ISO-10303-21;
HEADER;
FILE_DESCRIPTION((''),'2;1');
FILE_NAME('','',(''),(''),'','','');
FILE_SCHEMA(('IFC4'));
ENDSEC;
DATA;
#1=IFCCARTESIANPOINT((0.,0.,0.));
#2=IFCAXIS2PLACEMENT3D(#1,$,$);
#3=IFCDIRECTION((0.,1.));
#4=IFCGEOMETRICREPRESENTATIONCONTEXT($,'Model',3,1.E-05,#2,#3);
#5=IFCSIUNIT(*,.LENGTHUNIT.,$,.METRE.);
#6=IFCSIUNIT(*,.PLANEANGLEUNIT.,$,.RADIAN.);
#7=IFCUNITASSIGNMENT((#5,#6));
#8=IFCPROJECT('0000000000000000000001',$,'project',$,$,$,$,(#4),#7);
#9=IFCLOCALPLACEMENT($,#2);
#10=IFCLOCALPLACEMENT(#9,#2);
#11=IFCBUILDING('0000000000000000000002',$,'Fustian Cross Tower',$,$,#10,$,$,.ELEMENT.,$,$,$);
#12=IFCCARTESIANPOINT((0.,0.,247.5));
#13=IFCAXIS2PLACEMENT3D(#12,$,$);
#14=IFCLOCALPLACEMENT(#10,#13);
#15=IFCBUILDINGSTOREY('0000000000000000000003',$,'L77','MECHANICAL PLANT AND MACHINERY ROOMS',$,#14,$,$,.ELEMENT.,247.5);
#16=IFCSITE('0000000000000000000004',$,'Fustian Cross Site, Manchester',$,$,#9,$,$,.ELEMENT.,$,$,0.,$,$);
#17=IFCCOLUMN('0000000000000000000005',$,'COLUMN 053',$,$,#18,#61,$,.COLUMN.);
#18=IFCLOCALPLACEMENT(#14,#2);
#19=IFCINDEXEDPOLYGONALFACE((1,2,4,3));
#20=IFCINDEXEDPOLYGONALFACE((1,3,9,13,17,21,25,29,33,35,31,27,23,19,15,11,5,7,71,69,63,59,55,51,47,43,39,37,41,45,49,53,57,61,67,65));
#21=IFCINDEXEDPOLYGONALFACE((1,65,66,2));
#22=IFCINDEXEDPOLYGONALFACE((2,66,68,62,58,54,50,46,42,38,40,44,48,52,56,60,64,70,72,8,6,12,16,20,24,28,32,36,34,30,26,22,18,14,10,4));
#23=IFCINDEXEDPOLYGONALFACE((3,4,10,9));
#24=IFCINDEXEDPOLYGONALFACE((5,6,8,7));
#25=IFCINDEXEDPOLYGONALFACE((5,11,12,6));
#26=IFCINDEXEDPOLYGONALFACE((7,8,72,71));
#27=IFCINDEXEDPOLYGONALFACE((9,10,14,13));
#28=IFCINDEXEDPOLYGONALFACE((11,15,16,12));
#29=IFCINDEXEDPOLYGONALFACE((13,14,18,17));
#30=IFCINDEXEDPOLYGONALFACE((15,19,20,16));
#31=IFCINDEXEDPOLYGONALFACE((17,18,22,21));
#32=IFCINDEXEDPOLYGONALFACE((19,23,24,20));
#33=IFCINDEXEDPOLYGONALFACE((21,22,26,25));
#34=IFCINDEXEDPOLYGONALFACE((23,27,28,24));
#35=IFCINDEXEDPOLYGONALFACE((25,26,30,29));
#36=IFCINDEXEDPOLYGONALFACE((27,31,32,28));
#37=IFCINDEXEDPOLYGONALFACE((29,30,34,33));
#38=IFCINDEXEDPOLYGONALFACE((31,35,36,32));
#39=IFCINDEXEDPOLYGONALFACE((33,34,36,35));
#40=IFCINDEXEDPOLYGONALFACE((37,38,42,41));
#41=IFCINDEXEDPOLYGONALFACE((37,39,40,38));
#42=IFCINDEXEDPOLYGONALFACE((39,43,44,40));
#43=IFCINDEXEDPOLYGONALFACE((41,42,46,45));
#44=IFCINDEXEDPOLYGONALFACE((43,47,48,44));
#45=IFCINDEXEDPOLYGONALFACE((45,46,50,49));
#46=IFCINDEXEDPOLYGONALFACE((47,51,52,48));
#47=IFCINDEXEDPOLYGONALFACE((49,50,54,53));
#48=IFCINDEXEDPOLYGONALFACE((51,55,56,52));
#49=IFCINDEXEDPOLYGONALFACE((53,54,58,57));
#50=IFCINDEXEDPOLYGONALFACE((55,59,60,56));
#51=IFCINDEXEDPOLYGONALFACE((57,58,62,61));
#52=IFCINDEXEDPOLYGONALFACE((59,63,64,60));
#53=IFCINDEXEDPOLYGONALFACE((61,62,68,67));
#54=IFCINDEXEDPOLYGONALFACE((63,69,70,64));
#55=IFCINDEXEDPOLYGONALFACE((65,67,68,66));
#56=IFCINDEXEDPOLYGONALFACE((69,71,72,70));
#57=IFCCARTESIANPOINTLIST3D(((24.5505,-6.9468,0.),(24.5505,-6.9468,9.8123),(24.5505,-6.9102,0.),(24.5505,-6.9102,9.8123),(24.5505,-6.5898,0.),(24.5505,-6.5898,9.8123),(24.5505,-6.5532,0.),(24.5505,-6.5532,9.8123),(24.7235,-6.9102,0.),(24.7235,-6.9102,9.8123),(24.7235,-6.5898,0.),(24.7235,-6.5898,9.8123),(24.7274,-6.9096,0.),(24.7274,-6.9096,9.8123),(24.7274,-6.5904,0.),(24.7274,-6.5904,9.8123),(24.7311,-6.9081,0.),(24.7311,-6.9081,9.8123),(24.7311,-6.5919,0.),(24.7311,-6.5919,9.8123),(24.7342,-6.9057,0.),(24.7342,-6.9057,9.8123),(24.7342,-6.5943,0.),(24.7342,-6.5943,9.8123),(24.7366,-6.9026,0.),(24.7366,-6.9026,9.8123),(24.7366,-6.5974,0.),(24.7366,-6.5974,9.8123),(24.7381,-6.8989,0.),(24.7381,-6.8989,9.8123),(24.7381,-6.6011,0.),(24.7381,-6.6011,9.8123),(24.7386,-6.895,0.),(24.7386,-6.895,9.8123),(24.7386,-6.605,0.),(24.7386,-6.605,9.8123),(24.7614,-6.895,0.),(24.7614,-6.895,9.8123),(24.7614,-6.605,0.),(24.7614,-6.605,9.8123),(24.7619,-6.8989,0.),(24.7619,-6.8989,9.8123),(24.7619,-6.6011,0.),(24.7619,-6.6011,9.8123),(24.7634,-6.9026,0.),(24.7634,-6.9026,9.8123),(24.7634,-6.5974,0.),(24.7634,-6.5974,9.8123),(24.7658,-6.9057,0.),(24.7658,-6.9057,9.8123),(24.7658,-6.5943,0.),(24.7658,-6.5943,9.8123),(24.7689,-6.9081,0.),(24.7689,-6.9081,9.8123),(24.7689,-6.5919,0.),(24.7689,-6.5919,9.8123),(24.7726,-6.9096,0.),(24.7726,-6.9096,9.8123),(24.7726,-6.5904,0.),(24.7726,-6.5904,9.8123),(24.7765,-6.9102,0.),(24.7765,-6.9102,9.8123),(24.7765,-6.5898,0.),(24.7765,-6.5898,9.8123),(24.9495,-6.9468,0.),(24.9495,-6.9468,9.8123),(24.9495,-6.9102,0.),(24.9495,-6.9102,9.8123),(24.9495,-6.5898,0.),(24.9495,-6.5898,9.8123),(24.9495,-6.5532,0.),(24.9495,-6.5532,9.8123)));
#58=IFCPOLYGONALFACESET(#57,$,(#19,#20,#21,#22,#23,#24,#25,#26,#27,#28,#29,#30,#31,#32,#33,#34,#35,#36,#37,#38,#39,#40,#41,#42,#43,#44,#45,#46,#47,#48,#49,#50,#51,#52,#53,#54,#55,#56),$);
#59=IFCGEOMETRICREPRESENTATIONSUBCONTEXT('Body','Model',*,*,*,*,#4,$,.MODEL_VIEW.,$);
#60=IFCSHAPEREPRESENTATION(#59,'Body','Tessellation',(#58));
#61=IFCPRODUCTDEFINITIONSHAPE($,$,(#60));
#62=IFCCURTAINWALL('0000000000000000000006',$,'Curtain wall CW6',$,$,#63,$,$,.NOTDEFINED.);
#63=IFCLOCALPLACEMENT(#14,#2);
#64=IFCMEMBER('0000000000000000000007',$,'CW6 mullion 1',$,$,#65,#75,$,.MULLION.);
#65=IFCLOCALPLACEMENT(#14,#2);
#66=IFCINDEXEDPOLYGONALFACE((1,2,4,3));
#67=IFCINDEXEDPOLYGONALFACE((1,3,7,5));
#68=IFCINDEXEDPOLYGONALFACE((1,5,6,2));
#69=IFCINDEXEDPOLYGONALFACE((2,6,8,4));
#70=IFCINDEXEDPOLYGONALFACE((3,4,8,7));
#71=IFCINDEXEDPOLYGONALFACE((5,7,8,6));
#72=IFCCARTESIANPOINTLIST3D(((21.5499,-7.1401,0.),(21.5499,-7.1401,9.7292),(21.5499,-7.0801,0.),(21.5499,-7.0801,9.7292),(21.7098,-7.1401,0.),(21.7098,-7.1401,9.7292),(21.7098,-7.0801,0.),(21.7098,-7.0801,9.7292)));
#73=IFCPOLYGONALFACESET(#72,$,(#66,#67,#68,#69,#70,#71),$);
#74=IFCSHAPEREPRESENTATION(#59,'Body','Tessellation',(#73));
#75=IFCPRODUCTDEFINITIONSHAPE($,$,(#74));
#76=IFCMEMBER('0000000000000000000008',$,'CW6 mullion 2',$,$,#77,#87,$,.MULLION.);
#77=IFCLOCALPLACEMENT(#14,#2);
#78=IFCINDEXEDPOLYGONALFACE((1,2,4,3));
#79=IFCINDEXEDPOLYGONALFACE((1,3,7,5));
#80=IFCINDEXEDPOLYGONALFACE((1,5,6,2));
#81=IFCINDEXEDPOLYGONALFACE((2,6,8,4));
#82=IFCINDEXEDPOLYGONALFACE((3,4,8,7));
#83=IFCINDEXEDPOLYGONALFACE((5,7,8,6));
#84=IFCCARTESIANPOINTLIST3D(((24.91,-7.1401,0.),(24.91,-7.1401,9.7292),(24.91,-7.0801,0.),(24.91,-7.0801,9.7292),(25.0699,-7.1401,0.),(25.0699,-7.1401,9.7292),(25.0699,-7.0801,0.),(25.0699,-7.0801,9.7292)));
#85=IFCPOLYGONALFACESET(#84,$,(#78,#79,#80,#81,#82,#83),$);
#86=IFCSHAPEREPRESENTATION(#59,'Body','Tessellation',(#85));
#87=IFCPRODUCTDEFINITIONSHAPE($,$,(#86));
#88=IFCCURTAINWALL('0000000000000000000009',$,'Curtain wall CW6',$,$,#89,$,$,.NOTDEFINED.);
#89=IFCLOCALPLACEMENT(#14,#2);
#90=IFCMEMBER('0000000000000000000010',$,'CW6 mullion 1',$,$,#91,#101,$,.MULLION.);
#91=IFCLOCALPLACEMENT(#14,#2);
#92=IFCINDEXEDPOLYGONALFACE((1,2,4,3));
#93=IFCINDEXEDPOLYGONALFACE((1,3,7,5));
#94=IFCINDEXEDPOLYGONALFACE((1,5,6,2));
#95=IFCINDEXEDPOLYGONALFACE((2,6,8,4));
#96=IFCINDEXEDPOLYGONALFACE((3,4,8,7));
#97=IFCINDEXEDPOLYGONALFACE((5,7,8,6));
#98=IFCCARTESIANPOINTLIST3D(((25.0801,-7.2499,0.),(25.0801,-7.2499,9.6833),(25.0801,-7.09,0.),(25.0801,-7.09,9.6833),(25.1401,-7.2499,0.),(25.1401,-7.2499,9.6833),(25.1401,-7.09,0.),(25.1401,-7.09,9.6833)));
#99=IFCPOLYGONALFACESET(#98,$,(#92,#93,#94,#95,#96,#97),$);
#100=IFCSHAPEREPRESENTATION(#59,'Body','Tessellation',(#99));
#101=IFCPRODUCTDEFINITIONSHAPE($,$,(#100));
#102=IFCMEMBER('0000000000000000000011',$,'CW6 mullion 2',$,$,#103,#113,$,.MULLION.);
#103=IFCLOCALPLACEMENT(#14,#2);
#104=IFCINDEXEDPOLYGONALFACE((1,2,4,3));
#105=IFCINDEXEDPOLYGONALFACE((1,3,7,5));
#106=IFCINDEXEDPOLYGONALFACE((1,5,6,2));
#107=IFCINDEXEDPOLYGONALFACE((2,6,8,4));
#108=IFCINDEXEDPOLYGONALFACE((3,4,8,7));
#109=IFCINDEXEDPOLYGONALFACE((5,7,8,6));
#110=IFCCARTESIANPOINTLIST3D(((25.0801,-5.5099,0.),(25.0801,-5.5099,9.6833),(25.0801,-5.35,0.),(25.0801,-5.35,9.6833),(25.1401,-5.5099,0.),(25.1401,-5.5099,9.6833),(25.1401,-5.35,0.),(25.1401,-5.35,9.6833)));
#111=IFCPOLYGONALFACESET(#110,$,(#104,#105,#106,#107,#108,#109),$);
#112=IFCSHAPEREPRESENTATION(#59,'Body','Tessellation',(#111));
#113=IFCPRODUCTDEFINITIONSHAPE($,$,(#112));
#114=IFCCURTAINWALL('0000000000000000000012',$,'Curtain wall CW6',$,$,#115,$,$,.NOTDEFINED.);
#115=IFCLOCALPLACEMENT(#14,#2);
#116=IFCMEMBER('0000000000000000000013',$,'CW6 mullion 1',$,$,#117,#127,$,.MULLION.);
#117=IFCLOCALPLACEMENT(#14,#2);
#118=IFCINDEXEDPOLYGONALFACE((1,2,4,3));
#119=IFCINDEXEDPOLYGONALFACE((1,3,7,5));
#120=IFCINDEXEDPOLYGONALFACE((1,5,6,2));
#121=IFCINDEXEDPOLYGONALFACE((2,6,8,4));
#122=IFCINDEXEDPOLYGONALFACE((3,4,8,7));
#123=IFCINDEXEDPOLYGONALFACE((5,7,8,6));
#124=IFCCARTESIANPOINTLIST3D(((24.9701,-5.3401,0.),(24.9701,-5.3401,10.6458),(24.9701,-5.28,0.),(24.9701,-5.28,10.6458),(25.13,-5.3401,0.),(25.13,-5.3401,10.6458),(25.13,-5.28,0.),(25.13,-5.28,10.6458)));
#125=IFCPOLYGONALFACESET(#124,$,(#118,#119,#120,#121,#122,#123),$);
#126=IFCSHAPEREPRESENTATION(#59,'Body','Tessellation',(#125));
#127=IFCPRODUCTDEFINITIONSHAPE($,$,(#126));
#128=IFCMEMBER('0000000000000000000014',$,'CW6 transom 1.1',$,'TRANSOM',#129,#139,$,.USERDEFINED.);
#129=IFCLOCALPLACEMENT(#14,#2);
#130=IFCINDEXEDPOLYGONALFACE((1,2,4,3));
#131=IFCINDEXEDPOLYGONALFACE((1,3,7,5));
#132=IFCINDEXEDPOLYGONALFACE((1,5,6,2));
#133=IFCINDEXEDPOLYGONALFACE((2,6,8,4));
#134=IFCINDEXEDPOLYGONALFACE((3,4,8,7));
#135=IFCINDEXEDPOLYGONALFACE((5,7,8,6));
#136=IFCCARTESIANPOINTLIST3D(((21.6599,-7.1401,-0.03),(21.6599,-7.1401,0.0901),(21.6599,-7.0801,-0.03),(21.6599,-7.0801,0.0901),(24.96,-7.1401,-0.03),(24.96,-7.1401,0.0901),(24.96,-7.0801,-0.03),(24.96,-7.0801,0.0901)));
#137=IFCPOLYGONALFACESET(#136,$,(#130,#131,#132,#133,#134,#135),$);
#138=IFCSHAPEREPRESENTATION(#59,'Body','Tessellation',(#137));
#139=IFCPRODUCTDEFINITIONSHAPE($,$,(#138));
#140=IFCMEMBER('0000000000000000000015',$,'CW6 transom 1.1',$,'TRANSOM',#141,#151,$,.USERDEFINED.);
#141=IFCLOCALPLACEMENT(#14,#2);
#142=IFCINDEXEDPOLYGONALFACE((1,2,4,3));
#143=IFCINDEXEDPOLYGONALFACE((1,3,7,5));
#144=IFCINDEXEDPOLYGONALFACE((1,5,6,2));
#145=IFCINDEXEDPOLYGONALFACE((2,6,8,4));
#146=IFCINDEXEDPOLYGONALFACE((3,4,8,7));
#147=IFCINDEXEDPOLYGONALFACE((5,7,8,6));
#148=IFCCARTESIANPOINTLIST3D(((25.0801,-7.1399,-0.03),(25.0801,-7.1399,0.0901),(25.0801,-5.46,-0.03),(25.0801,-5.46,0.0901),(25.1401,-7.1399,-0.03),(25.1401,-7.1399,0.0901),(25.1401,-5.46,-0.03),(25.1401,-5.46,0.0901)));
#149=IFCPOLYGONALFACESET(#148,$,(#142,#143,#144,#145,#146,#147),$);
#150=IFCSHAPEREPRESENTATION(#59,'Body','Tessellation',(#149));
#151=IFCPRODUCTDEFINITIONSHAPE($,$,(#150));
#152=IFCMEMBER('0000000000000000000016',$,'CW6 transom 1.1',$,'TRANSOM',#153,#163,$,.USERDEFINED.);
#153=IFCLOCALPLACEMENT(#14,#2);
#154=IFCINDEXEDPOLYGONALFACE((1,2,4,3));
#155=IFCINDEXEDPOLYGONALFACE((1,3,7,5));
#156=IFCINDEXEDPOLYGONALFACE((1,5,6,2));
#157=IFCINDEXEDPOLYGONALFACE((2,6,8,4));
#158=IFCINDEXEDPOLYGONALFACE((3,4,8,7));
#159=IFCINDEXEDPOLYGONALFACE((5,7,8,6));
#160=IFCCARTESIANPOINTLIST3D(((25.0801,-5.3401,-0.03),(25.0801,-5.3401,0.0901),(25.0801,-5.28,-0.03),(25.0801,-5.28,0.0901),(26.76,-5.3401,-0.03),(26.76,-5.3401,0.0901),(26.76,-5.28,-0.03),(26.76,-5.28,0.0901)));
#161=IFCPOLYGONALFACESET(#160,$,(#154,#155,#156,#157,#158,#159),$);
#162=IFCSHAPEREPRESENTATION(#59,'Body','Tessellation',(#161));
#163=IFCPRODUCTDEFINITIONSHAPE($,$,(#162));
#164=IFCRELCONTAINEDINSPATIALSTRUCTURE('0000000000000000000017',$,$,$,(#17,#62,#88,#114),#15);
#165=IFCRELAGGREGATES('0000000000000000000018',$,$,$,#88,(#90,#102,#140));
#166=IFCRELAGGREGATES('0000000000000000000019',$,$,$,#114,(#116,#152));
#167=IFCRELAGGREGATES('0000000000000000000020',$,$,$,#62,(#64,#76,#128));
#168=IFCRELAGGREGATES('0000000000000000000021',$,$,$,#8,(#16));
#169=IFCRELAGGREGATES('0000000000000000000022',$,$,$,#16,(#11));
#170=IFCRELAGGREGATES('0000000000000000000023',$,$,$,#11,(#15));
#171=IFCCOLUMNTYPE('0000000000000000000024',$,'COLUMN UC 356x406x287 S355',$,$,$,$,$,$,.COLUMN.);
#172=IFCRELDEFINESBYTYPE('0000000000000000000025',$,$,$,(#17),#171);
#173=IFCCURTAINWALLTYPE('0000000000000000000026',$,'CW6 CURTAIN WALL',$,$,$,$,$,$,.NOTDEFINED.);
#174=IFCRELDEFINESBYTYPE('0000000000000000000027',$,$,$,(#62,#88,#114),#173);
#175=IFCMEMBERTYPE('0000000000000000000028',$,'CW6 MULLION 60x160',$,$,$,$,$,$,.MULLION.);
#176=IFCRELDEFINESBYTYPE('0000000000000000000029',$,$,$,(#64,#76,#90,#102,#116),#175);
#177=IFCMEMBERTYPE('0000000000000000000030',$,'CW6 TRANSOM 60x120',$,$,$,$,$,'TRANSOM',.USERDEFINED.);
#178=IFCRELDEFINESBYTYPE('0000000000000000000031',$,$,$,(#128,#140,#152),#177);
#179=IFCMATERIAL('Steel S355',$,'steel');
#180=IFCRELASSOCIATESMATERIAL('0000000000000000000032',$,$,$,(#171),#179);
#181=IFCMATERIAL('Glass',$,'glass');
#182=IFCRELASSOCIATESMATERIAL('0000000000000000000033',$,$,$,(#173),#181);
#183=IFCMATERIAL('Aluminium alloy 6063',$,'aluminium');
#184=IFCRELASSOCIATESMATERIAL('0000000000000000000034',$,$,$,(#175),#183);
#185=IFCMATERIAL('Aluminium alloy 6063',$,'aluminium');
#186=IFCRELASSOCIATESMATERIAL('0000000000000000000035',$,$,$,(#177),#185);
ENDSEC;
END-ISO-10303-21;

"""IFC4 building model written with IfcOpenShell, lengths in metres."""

from ifc_helpers import new_model, si_unit, direction, frame, origin, origin_2d, place, context, subcontext, project, spatial, rectangle, i_section, extrude, material, material_profile, profile_set, type_object, element, aggregate, save


model = new_model("IFC4")

# Units and contexts
model_context = context("Model", 3, precision=1e-05, world=origin(), true_north=direction((0.0, 1.0)))
body_context = subcontext(model_context, "Body", "Model", "MODEL_VIEW")
ifc_project = project(units=[si_unit("LENGTHUNIT", "METRE"), si_unit("PLANEANGLEUNIT", "RADIAN")], contexts=[model_context])

# Site, building, storey
site_placement = place(None, origin())
site = spatial("IfcSite", under=ifc_project, at=site_placement, Name="Fustian Cross Site, Manchester", CompositionType="ELEMENT", RefElevation=0.0)
building_placement = place(site_placement, origin())
building = spatial("IfcBuilding", under=site, at=building_placement, Name="Fustian Cross Tower", CompositionType="ELEMENT")
storey_placement = place(building_placement, frame((0.0, 0.0, 247.5)))
storey = spatial("IfcBuildingStorey", under=building, at=storey_placement, Name="L77", Description="MECHANICAL PLANT AND MACHINERY ROOMS", CompositionType="ELEMENT", Elevation=247.5)

# Column
ifc_material_1 = material(Name="Steel S355", Category="steel")
ifc_material_profile_1 = material_profile(ifc_material_1, i_section(OverallWidth=0.3989, OverallDepth=0.3936, WebThickness=0.0227, FlangeThickness=0.0366, FilletRadius=0.0151, at=origin_2d()), Name="UC 356x406x287")
ifc_profile_set_1 = profile_set([ifc_material_profile_1], Name="Steel S355")
column_type = type_object("IfcColumnType", Name="COLUMN UC 356x406x287 S355", PredefinedType="COLUMN", material=ifc_profile_set_1)
column_placement = place(storey_placement, frame((24.75, -6.75, 0.0), z_axis=(0.0, 0.0, 1.0), x_axis=(1.0, 0.0, 0.0)))
element("IfcColumn", 1, at=column_placement, inside=storey, type_object=column_type, Name="COLUMN 053", PredefinedType="COLUMN", context=body_context, shape_type="SweptSolid", body=[
    extrude(i_section(OverallWidth=0.3989, OverallDepth=0.3936, WebThickness=0.0227, FlangeThickness=0.0366, FilletRadius=0.0151, at=origin_2d()), origin(), (0.0, 0.0, 1.0), 9.8123),
])

# Curtain walls, members
ifc_material_2 = material(Name="Glass", Category="glass")
curtain_wall_type = type_object("IfcCurtainWallType", Name="CW6 CURTAIN WALL", PredefinedType="NOTDEFINED", material=ifc_material_2)
curtain_wall_1_placement = place(storey_placement, origin())
curtain_wall_1 = element("IfcCurtainWall", 2, at=curtain_wall_1_placement, inside=storey, type_object=curtain_wall_type, Name="Curtain wall CW6", PredefinedType="NOTDEFINED")
ifc_material_3 = material(Name="Aluminium alloy 6063", Category="aluminium")
ifc_material_profile_2 = material_profile(ifc_material_3, rectangle(XDim=0.0601, YDim=0.1599, at=origin_2d()), Name="CW6 MULLION 60x160")
ifc_profile_set_2 = profile_set([ifc_material_profile_2], Name="Aluminium alloy 6063")
member_type_1 = type_object("IfcMemberType", Name="CW6 MULLION 60x160", PredefinedType="MULLION", material=ifc_profile_set_2)
member_1_placement = place(storey_placement, frame((21.6299, -7.1101, 0.0), z_axis=(0.0, 0.0, 1.0), x_axis=(0.0, 1.0, 0.0)))
member_1 = element("IfcMember", 3, at=member_1_placement, type_object=member_type_1, Name="CW6 mullion 1", PredefinedType="MULLION", context=body_context, shape_type="SweptSolid", body=[
    extrude(rectangle(XDim=0.0601, YDim=0.1599, at=origin_2d()), origin(), (0.0, 0.0, 1.0), 9.7292),
])
member_2_placement = place(storey_placement, frame((24.99, -7.1101, 0.0), z_axis=(0.0, 0.0, 1.0), x_axis=(0.0, 1.0, 0.0)))
member_2 = element("IfcMember", 4, at=member_2_placement, type_object=member_type_1, Name="CW6 mullion 2", PredefinedType="MULLION", context=body_context, shape_type="SweptSolid", body=[
    extrude(rectangle(XDim=0.0601, YDim=0.1599, at=origin_2d()), origin(), (0.0, 0.0, 1.0), 9.7292),
])
curtain_wall_2_placement = place(storey_placement, origin())
curtain_wall_2 = element("IfcCurtainWall", 5, at=curtain_wall_2_placement, inside=storey, type_object=curtain_wall_type, Name="Curtain wall CW6", PredefinedType="NOTDEFINED")
member_3_placement = place(storey_placement, frame((25.1101, -7.1699, 0.0), z_axis=(0.0, 0.0, 1.0), x_axis=(-1.0, 0.0, 0.0)))
member_3 = element("IfcMember", 6, at=member_3_placement, type_object=member_type_1, Name="CW6 mullion 1", PredefinedType="MULLION", context=body_context, shape_type="SweptSolid", body=[
    extrude(rectangle(XDim=0.0601, YDim=0.1599, at=origin_2d()), origin(), (0.0, 0.0, 1.0), 9.6833),
])
member_4_placement = place(storey_placement, frame((25.1101, -5.4299, 0.0), z_axis=(0.0, 0.0, 1.0), x_axis=(-1.0, 0.0, 0.0)))
member_4 = element("IfcMember", 7, at=member_4_placement, type_object=member_type_1, Name="CW6 mullion 2", PredefinedType="MULLION", context=body_context, shape_type="SweptSolid", body=[
    extrude(rectangle(XDim=0.0601, YDim=0.1599, at=origin_2d()), origin(), (0.0, 0.0, 1.0), 9.6833),
])

# Curtain wall, member
curtain_wall_3_placement = place(storey_placement, origin())
curtain_wall_3 = element("IfcCurtainWall", 8, at=curtain_wall_3_placement, inside=storey, type_object=curtain_wall_type, Name="Curtain wall CW6", PredefinedType="NOTDEFINED")
member_5_placement = place(storey_placement, frame((25.05, -5.3101, 0.0), z_axis=(0.0, 0.0, 1.0), x_axis=(0.0, 1.0, 0.0)))
member_5 = element("IfcMember", 9, at=member_5_placement, type_object=member_type_1, Name="CW6 mullion 1", PredefinedType="MULLION", context=body_context, shape_type="SweptSolid", body=[
    extrude(rectangle(XDim=0.0601, YDim=0.1599, at=origin_2d()), origin(), (0.0, 0.0, 1.0), 10.6458),
])

# Members
ifc_material_4 = material(Name="Aluminium alloy 6063", Category="aluminium")
ifc_material_profile_3 = material_profile(ifc_material_4, rectangle(XDim=0.0601, YDim=0.1201, at=origin_2d()), Name="CW6 TRANSOM 60x120")
ifc_profile_set_3 = profile_set([ifc_material_profile_3], Name="Aluminium alloy 6063")
member_type_2 = type_object("IfcMemberType", Name="CW6 TRANSOM 60x120", ElementType="TRANSOM", PredefinedType="USERDEFINED", material=ifc_profile_set_3)
member_6_placement = place(storey_placement, frame((21.6599, -7.1101, 0.03), z_axis=(1.0, 0.0, 0.0), x_axis=(0.0, 1.0, 0.0)))
member_6 = element("IfcMember", 10, at=member_6_placement, type_object=member_type_2, Name="CW6 transom 1.1", ObjectType="TRANSOM", PredefinedType="USERDEFINED", context=body_context, shape_type="SweptSolid", body=[
    extrude(rectangle(XDim=0.0601, YDim=0.1201, at=origin_2d()), origin(), (0.0, 0.0, 1.0), 3.3),
])
member_7_placement = place(storey_placement, frame((25.1101, -7.1399, 0.03), z_axis=(0.0, 1.0, 0.0), x_axis=(-1.0, 0.0, 0.0)))
member_7 = element("IfcMember", 11, at=member_7_placement, type_object=member_type_2, Name="CW6 transom 1.1", ObjectType="TRANSOM", PredefinedType="USERDEFINED", context=body_context, shape_type="SweptSolid", body=[
    extrude(rectangle(XDim=0.0601, YDim=0.1201, at=origin_2d()), origin(), (0.0, 0.0, 1.0), 1.6799),
])
aggregate(curtain_wall_2, [member_3, member_4, member_7])
member_8_placement = place(storey_placement, frame((25.0801, -5.3101, 0.03), z_axis=(1.0, 0.0, 0.0), x_axis=(0.0, 1.0, 0.0)))
member_8 = element("IfcMember", 12, at=member_8_placement, type_object=member_type_2, Name="CW6 transom 1.1", ObjectType="TRANSOM", PredefinedType="USERDEFINED", context=body_context, shape_type="SweptSolid", body=[
    extrude(rectangle(XDim=0.0601, YDim=0.1201, at=origin_2d()), origin(), (0.0, 0.0, 1.0), 1.6799),
])
aggregate(curtain_wall_3, [member_5, member_8])

aggregate(curtain_wall_1, [member_1, member_2, member_6])

save(model, "model.ifc")
